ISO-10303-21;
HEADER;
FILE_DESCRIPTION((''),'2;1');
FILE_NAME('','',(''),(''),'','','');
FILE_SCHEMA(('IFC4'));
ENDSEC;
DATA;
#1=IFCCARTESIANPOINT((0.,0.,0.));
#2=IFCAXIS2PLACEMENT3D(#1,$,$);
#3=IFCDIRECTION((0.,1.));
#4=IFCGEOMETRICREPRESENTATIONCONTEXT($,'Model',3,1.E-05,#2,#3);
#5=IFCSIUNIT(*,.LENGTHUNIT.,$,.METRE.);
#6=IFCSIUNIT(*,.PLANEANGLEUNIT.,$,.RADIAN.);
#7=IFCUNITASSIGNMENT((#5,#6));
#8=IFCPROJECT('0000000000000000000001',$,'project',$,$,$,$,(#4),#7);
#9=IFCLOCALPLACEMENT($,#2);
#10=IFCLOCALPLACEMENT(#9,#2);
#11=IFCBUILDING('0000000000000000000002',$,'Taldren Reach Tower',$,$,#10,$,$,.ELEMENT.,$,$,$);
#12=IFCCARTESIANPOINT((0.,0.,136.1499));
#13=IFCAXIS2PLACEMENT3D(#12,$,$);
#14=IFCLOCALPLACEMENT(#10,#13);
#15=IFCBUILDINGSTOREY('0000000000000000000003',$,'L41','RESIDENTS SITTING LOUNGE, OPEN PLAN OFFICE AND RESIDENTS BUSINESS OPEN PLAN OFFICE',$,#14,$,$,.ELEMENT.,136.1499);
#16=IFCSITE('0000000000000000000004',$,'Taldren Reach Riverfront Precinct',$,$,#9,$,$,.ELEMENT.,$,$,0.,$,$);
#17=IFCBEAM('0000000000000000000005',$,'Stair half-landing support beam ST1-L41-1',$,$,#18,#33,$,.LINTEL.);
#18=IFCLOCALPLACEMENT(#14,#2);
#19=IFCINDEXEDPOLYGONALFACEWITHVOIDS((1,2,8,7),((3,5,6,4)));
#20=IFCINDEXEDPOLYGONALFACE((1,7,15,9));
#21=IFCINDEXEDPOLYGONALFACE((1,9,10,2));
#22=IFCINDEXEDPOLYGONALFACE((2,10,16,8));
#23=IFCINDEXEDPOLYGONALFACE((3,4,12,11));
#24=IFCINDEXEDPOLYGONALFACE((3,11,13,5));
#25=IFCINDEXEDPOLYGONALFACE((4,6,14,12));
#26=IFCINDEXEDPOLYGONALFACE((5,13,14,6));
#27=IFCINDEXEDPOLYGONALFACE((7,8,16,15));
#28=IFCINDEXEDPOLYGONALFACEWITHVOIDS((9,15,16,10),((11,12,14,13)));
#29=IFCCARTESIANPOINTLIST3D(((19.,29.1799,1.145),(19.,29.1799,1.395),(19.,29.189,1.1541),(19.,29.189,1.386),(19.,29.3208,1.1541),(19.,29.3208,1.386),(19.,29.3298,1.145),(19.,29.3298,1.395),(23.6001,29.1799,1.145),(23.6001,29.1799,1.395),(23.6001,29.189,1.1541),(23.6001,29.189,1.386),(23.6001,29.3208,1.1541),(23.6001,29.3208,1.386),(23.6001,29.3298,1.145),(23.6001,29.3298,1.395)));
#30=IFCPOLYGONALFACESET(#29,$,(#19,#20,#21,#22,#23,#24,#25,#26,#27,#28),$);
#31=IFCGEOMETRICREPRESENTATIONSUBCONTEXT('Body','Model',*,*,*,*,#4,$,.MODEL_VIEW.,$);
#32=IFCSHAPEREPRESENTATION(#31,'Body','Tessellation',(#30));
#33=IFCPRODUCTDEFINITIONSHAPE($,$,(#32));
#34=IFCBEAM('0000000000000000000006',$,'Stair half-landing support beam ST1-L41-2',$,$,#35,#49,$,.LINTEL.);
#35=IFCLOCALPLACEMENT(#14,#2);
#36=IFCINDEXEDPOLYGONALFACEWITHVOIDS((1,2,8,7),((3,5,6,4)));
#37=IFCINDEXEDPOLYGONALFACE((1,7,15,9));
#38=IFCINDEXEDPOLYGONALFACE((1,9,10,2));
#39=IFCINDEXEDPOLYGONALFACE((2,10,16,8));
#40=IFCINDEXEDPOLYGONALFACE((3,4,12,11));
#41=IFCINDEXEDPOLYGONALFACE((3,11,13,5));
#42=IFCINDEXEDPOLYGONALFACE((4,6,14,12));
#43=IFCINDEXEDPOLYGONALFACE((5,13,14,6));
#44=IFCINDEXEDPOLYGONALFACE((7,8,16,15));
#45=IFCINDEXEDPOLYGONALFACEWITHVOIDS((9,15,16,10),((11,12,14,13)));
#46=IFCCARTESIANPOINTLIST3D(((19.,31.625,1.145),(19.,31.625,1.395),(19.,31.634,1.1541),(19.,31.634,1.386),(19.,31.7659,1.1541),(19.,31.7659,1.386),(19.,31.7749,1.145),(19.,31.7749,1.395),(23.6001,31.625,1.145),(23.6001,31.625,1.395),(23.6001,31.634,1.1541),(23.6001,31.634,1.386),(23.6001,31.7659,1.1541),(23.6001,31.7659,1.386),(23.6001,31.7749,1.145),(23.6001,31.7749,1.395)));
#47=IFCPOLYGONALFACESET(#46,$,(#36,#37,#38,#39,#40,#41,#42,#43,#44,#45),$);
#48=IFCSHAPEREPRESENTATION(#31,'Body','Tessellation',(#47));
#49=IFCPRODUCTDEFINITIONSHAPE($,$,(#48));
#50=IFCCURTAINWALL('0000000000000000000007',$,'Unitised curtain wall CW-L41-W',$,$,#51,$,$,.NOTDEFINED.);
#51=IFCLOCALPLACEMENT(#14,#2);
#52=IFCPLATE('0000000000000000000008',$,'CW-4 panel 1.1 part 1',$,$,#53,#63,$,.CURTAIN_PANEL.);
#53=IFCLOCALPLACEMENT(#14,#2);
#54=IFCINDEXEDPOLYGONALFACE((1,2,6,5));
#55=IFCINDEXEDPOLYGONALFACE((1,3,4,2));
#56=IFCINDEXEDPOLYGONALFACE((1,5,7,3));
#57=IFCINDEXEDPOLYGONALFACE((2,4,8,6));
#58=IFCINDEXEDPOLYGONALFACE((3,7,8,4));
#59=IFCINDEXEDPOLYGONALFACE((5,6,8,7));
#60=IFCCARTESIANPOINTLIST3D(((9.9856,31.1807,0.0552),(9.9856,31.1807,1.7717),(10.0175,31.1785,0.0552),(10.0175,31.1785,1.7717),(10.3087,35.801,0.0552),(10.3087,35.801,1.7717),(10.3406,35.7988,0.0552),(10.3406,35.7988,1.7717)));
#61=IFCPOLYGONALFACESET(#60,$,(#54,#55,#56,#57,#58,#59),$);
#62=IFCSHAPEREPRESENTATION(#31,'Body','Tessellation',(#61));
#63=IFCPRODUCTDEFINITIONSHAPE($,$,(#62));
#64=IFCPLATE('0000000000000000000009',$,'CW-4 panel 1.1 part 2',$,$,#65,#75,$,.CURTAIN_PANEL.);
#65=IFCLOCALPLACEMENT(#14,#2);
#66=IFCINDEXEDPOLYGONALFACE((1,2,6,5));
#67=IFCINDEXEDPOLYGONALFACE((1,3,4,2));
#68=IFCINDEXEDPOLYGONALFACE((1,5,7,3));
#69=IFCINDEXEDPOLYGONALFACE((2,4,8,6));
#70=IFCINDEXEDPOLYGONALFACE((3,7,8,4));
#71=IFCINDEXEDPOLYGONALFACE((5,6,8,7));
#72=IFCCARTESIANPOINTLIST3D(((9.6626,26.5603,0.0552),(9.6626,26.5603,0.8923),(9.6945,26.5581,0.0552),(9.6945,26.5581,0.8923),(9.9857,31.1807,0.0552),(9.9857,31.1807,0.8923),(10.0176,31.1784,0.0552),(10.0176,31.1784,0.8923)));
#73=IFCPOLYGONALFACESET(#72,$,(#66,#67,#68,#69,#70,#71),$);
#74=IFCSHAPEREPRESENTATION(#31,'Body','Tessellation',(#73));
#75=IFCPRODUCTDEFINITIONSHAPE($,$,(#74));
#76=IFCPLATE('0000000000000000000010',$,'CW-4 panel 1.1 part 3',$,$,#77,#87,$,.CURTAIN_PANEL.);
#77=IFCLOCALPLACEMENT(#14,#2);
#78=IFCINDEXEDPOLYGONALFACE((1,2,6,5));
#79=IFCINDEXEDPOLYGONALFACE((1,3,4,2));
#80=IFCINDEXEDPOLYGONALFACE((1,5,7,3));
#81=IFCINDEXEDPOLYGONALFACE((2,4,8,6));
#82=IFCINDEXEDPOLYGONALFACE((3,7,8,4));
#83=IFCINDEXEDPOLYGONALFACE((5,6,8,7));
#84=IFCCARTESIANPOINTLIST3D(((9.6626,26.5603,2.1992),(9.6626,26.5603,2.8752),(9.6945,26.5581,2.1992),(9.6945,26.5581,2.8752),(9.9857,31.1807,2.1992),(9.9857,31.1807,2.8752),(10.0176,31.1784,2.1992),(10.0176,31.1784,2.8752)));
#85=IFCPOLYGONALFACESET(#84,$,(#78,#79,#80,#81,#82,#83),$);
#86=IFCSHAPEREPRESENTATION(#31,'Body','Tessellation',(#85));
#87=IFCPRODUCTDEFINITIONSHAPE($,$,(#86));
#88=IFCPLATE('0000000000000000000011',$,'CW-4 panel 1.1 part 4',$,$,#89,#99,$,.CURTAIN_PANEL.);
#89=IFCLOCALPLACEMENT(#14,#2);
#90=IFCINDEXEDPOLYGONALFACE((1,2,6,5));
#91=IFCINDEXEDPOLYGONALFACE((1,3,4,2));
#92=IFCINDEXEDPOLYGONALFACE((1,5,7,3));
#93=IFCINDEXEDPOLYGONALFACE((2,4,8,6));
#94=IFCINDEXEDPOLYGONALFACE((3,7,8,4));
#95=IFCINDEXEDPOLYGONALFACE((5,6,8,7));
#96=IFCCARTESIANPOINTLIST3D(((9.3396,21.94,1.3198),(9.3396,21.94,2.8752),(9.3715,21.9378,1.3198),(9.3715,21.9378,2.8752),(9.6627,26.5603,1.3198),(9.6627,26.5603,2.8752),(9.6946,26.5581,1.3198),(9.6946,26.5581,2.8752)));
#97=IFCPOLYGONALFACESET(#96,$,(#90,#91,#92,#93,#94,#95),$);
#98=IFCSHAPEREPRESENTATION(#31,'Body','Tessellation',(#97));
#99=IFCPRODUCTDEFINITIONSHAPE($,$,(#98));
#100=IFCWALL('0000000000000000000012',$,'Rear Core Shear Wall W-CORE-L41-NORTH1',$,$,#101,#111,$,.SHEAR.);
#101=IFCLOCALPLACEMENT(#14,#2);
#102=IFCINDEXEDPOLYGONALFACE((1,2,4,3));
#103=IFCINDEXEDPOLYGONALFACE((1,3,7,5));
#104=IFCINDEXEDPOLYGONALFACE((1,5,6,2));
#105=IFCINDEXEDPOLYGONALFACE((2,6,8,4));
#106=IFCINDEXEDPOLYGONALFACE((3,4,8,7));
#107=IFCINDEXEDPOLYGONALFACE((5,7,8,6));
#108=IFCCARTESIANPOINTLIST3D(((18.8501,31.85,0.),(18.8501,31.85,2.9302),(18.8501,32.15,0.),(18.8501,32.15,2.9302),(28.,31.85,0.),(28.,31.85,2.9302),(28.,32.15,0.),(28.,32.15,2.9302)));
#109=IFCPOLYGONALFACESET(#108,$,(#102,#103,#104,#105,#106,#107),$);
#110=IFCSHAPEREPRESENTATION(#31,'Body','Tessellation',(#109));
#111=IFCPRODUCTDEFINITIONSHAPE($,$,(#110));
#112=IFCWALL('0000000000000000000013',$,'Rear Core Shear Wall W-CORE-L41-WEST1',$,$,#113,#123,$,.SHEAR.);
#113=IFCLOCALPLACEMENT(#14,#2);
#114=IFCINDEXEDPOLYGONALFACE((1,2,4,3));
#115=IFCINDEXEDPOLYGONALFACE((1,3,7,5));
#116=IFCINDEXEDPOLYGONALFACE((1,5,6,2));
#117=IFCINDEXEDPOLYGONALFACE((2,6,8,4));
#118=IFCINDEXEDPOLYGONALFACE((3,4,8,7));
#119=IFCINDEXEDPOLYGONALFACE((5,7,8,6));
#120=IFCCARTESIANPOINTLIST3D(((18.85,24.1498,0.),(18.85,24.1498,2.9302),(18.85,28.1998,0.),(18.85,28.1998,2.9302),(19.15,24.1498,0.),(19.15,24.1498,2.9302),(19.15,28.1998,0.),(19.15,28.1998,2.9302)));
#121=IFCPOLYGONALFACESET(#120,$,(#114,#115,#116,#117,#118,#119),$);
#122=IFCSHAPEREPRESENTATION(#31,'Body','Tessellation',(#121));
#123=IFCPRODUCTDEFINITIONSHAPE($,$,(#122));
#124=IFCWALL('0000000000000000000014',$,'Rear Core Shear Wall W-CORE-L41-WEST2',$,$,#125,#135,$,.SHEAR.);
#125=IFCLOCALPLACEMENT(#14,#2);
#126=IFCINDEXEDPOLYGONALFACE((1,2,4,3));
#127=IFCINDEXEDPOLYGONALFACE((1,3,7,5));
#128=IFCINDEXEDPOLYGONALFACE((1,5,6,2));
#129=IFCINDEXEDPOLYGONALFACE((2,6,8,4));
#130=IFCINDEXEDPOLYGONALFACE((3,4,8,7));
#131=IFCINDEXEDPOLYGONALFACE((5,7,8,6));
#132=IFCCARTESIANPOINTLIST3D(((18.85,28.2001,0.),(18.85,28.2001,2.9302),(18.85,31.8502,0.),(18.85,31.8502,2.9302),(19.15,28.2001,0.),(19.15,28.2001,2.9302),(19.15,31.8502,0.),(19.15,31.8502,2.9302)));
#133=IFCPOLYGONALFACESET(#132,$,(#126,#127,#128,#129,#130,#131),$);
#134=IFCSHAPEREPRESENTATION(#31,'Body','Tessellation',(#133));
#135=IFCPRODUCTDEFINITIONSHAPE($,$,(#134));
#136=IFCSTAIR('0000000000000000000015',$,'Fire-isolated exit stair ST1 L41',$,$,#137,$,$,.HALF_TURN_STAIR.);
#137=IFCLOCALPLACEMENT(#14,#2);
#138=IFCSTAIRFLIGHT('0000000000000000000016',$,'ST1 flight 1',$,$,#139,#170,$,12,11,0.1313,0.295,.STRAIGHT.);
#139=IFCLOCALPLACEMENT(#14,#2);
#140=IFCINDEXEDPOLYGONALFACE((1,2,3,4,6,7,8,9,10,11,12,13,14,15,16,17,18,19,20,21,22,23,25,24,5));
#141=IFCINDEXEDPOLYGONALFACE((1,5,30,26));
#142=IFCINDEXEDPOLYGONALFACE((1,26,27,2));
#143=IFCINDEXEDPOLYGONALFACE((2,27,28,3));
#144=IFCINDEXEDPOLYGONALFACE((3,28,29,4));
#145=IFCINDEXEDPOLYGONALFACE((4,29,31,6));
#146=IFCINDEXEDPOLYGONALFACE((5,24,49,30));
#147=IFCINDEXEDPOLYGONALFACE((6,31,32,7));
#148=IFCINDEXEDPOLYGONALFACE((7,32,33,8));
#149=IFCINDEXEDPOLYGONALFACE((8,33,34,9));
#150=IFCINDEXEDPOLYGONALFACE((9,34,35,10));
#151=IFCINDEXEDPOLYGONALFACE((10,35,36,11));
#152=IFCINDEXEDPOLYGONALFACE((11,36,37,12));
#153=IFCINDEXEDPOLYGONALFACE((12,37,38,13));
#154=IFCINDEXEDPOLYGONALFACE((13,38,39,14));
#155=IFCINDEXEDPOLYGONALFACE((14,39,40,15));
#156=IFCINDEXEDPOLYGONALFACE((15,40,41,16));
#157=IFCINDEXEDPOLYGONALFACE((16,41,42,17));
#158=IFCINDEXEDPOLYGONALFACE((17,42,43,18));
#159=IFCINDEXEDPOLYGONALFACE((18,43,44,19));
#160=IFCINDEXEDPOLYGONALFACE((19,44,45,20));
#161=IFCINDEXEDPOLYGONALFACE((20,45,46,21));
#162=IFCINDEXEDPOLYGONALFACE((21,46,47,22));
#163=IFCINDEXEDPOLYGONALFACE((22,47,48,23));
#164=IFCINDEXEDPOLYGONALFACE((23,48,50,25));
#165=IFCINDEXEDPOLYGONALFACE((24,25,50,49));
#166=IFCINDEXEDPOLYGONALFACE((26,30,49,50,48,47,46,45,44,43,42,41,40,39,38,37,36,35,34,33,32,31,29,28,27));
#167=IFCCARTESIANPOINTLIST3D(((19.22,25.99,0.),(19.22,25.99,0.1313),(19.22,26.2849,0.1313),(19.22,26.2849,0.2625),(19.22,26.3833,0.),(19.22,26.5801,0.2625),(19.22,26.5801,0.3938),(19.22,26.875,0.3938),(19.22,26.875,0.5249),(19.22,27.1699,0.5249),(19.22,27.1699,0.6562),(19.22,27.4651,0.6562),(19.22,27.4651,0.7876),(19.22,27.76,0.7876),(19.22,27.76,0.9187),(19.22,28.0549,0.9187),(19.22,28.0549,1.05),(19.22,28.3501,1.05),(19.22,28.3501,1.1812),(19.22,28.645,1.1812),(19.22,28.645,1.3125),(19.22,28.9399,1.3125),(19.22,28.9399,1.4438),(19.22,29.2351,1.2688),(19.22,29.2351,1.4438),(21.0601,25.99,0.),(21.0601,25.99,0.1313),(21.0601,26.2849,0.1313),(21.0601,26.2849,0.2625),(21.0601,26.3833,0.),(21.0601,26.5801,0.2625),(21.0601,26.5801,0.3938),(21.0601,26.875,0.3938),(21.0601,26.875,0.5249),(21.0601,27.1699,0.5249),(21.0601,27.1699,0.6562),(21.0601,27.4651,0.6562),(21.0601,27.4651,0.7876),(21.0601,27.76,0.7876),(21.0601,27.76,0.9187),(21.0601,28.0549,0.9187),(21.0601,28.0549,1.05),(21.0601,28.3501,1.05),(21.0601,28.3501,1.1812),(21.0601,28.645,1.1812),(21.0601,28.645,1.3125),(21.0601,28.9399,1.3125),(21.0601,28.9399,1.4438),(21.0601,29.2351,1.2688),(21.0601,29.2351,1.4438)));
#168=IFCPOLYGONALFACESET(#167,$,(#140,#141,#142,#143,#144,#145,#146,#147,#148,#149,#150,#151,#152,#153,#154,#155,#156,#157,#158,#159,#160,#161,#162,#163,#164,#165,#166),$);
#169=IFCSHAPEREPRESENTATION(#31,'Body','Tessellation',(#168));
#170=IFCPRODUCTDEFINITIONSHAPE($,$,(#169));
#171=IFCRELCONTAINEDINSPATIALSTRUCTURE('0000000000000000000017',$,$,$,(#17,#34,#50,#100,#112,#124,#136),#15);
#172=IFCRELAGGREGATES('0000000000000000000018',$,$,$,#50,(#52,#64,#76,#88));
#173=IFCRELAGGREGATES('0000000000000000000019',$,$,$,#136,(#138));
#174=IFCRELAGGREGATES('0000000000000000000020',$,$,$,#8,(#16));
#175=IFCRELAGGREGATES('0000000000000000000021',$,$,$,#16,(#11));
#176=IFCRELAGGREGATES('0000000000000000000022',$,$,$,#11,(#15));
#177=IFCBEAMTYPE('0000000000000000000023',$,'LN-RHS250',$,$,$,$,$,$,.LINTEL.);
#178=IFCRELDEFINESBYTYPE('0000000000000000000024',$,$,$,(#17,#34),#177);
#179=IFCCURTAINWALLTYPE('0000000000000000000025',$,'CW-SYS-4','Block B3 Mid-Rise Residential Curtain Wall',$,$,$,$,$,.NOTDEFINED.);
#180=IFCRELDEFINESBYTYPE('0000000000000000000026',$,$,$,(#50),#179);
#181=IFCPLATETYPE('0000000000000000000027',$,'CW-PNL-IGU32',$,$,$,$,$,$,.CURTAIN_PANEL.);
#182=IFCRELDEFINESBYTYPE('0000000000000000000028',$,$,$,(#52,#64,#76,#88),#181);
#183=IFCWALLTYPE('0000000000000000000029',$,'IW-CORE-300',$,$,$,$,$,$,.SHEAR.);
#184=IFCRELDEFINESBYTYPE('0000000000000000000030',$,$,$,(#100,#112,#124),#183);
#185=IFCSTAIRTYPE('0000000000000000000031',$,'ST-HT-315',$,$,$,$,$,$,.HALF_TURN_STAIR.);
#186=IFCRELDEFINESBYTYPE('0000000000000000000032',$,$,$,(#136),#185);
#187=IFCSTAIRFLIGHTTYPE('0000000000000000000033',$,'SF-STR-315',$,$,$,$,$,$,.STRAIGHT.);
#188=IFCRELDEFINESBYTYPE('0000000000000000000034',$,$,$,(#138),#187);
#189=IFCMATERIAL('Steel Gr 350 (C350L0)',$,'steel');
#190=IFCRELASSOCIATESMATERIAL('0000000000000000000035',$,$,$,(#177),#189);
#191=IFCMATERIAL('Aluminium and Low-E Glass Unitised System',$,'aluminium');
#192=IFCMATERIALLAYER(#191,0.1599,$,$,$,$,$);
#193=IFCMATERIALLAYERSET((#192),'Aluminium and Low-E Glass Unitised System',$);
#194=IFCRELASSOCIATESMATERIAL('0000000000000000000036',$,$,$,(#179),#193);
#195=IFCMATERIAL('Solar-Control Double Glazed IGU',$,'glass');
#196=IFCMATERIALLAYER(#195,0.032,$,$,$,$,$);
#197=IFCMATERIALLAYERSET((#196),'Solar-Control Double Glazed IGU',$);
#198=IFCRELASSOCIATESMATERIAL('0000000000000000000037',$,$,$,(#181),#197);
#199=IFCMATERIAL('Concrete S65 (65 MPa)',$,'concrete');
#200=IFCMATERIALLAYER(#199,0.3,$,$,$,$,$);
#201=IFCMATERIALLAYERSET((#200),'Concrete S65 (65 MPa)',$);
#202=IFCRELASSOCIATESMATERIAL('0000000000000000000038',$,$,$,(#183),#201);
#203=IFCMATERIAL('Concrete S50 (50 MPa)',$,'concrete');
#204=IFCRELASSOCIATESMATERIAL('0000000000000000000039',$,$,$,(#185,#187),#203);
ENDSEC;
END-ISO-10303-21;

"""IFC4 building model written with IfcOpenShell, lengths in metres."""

from ifc_helpers import new_model, si_unit, direction, frame, frame_2d, origin, origin_2d, place, context, subcontext, project, spatial, polyline, rectangle, hollow_rectangle, outline, extrude, source, transform, mapped, material, layer, layer_set, material_profile, profile_set, type_object, element, aggregate, save


model = new_model("IFC4")

# Units and contexts
model_context = context("Model", 3, precision=1e-05, world=origin(), true_north=direction((0.0, 1.0)))
body_context = subcontext(model_context, "Body", "Model", "MODEL_VIEW")
ifc_project = project(units=[si_unit("LENGTHUNIT", "METRE"), si_unit("PLANEANGLEUNIT", "RADIAN")], contexts=[model_context])

# Site, building, storey
site_placement = place(None, origin())
site = spatial("IfcSite", under=ifc_project, at=site_placement, Name="Taldren Reach Riverfront Precinct", CompositionType="ELEMENT", RefElevation=0.0)
building_placement = place(site_placement, origin())
building = spatial("IfcBuilding", under=site, at=building_placement, Name="Taldren Reach Tower", CompositionType="ELEMENT")
storey_placement = place(building_placement, frame((0.0, 0.0, 136.1499)))
storey = spatial("IfcBuildingStorey", under=building, at=storey_placement, Name="L41", Description="RESIDENTS SITTING LOUNGE, OPEN PLAN OFFICE AND RESIDENTS BUSINESS OPEN PLAN OFFICE", CompositionType="ELEMENT", Elevation=136.1499)

# Beams
ifc_material_1 = material(Name="Steel Gr 350 (C350L0)", Category="steel")
ifc_material_profile_1 = material_profile(ifc_material_1, hollow_rectangle(XDim=0.1499, YDim=0.25, WallThickness=0.009, at=origin_2d()), Name="250x150x9.0RHS")
ifc_profile_set_1 = profile_set([ifc_material_profile_1], Name="Steel Gr 350 (C350L0)")
beam_type_1 = type_object("IfcBeamType", Name="LN-RHS250", PredefinedType="LINTEL", material=ifc_profile_set_1)
shared_shape_1 = source(origin(), body_context, "Body", "SweptSolid", [
    extrude(hollow_rectangle(XDim=0.1499, YDim=0.25, WallThickness=0.009, at=origin_2d()), origin(), (0.0, 0.0, 1.0), 4.6001),
])
for number, where, z_axis, x_axis, name in (
    (1, (19.0, 29.2549, 1.27), (1.0, 0.0, 0.0), (0.0, 1.0, 0.0), "Stair half-landing support beam ST1-L41-1"),
    (2, (19.0, 31.7, 1.27), (1.0, 0.0, 0.0), (0.0, 1.0, 0.0), "Stair half-landing support beam ST1-L41-2"),
):
    element("IfcBeam", number, at=place(storey_placement, frame(where, z_axis=z_axis, x_axis=x_axis)), inside=storey, type_object=beam_type_1, Name=name, PredefinedType="LINTEL", context=body_context, shape_type="MappedRepresentation", body=[
        mapped(shared_shape_1, transform((0.0, 0.0, 0.0), scale=1.0)),
    ])

# Curtain wall, plates
ifc_material_2 = material(Name="Aluminium and Low-E Glass Unitised System", Category="aluminium")
ifc_layer_1 = layer(ifc_material_2, 0.1599)
ifc_layer_set_1 = layer_set([ifc_layer_1], Name="Aluminium and Low-E Glass Unitised System")
curtain_wall_type = type_object("IfcCurtainWallType", Name="CW-SYS-4", Description="Block B3 Mid-Rise Residential Curtain Wall", PredefinedType="NOTDEFINED", material=ifc_layer_set_1)
curtain_wall_placement = place(storey_placement, origin())
curtain_wall = element("IfcCurtainWall", 3, at=curtain_wall_placement, inside=storey, type_object=curtain_wall_type, Name="Unitised curtain wall CW-L41-W", PredefinedType="NOTDEFINED")
ifc_material_3 = material(Name="Solar-Control Double Glazed IGU", Category="glass")
ifc_layer_2 = layer(ifc_material_3, 0.032)
ifc_layer_set_2 = layer_set([ifc_layer_2], Name="Solar-Control Double Glazed IGU")
plate_type = type_object("IfcPlateType", Name="CW-PNL-IGU32", PredefinedType="CURTAIN_PANEL", material=ifc_layer_set_2)
shared_shape_2 = source(origin(), body_context, "Body", "SweptSolid", [
    extrude(rectangle(XDim=4.6316, YDim=0.032, at=origin_2d()), origin(), (0.0, 0.0, 1.0), 1.7166),
])
plate_1_placement = place(storey_placement, frame((10.1631, 33.4897, 0.0552), z_axis=(0.0, 0.0, 1.0), x_axis=(-0.069756, -0.997564, 0.0)))
plate_1 = element("IfcPlate", 4, at=plate_1_placement, type_object=plate_type, Name="CW-4 panel 1.1 part 1", PredefinedType="CURTAIN_PANEL", context=body_context, shape_type="MappedRepresentation", body=[
    mapped(shared_shape_2, transform((0.0, 0.0, 0.0), scale=1.0)),
])
shared_shape_3 = source(origin(), body_context, "Body", "SweptSolid", [
    extrude(rectangle(XDim=4.6316, YDim=0.032, at=origin_2d()), origin(), (0.0, 0.0, 1.0), 0.8372),
])
plate_2_placement = place(storey_placement, frame((9.8401, 28.8694, 0.0552), z_axis=(0.0, 0.0, 1.0), x_axis=(-0.069756, -0.997564, 0.0)))
plate_2 = element("IfcPlate", 5, at=plate_2_placement, type_object=plate_type, Name="CW-4 panel 1.1 part 2", PredefinedType="CURTAIN_PANEL", context=body_context, shape_type="MappedRepresentation", body=[
    mapped(shared_shape_3, transform((0.0, 0.0, 0.0), scale=1.0)),
])
shared_shape_4 = source(origin(), body_context, "Body", "SweptSolid", [
    extrude(rectangle(XDim=4.6316, YDim=0.032, at=origin_2d()), origin(), (0.0, 0.0, 1.0), 0.676),
])
plate_3_placement = place(storey_placement, frame((9.8401, 28.8694, 2.1992), z_axis=(0.0, 0.0, 1.0), x_axis=(-0.069756, -0.997564, 0.0)))
plate_3 = element("IfcPlate", 6, at=plate_3_placement, type_object=plate_type, Name="CW-4 panel 1.1 part 3", PredefinedType="CURTAIN_PANEL", context=body_context, shape_type="MappedRepresentation", body=[
    mapped(shared_shape_4, transform((0.0, 0.0, 0.0), scale=1.0)),
])
shared_shape_5 = source(origin(), body_context, "Body", "SweptSolid", [
    extrude(rectangle(XDim=4.6316, YDim=0.032, at=origin_2d()), origin(), (0.0, 0.0, 1.0), 1.5554),
])
plate_4_placement = place(storey_placement, frame((9.5171, 24.249, 1.3198), z_axis=(0.0, 0.0, 1.0), x_axis=(-0.069756, -0.997564, 0.0)))
plate_4 = element("IfcPlate", 7, at=plate_4_placement, type_object=plate_type, Name="CW-4 panel 1.1 part 4", PredefinedType="CURTAIN_PANEL", context=body_context, shape_type="MappedRepresentation", body=[
    mapped(shared_shape_5, transform((0.0, 0.0, 0.0), scale=1.0)),
])
aggregate(curtain_wall, [plate_1, plate_2, plate_3, plate_4])

# Walls
ifc_material_4 = material(Name="Concrete S65 (65 MPa)", Category="concrete")
ifc_layer_3 = layer(ifc_material_4, 0.3)
ifc_layer_set_3 = layer_set([ifc_layer_3], Name="Concrete S65 (65 MPa)")
wall_type = type_object("IfcWallType", Name="IW-CORE-300", PredefinedType="SHEAR", material=ifc_layer_set_3)
shared_shape_6 = source(origin(), body_context, "Body", "SweptSolid", [
    extrude(rectangle(XDim=9.1499, YDim=0.3, at=frame_2d((4.575, 0.0))), origin(), (0.0, 0.0, 1.0), 2.9302),
])
wall_1_placement = place(storey_placement, frame((18.8501, 32.0, 0.0), z_axis=(0.0, 0.0, 1.0), x_axis=(1.0, 0.0, 0.0)))
element("IfcWall", 8, at=wall_1_placement, inside=storey, type_object=wall_type, Name="Rear Core Shear Wall W-CORE-L41-NORTH1", PredefinedType="SHEAR", context=body_context, shape_type="MappedRepresentation", body=[
    mapped(shared_shape_6, transform((0.0, 0.0, 0.0), scale=1.0)),
])
shared_shape_7 = source(origin(), body_context, "Body", "SweptSolid", [
    extrude(rectangle(XDim=4.05, YDim=0.3, at=frame_2d((2.0249, 0.0))), origin(), (0.0, 0.0, 1.0), 2.9302),
])
wall_2_placement = place(storey_placement, frame((19.0, 24.1499, 0.0), z_axis=(0.0, 0.0, 1.0), x_axis=(0.0, 1.0, 0.0)))
element("IfcWall", 9, at=wall_2_placement, inside=storey, type_object=wall_type, Name="Rear Core Shear Wall W-CORE-L41-WEST1", PredefinedType="SHEAR", context=body_context, shape_type="MappedRepresentation", body=[
    mapped(shared_shape_7, transform((0.0, 0.0, 0.0), scale=1.0)),
])
shared_shape_8 = source(origin(), body_context, "Body", "SweptSolid", [
    extrude(rectangle(XDim=3.6501, YDim=0.3, at=frame_2d((1.8252, 0.0))), origin(), (0.0, 0.0, 1.0), 2.9302),
])
wall_3_placement = place(storey_placement, frame((19.0, 28.2, 0.0), z_axis=(0.0, 0.0, 1.0), x_axis=(0.0, 1.0, 0.0)))
element("IfcWall", 10, at=wall_3_placement, inside=storey, type_object=wall_type, Name="Rear Core Shear Wall W-CORE-L41-WEST2", PredefinedType="SHEAR", context=body_context, shape_type="MappedRepresentation", body=[
    mapped(shared_shape_8, transform((0.0, 0.0, 0.0), scale=1.0)),
])

# Stair, stair flight
ifc_material_5 = material(Name="Concrete S50 (50 MPa)", Category="concrete")
stair_type = type_object("IfcStairType", Name="ST-HT-315", PredefinedType="HALF_TURN_STAIR", material=ifc_material_5)
stair_placement = place(storey_placement, origin())
stair = element("IfcStair", 11, at=stair_placement, inside=storey, type_object=stair_type, Name="Fire-isolated exit stair ST1 L41", PredefinedType="HALF_TURN_STAIR")
stair_flight_type = type_object("IfcStairFlightType", Name="SF-STR-315", PredefinedType="STRAIGHT", material=ifc_material_5)
stair_flight_1_placement = place(storey_placement, frame((20.1399, 25.99, 0.0), z_axis=(0.0, 0.0, 1.0), x_axis=(0.0, 1.0, 0.0)))
stair_flight_1 = element("IfcStairFlight", 12, at=stair_flight_1_placement, type_object=stair_flight_type, Name="ST1 flight 1", NumberOfRisers=12, NumberOfTreads=11, PredefinedType="STRAIGHT", RiserHeight=0.1313, TreadLength=0.295, context=body_context, shape_type="SweptSolid", body=[
    extrude(outline(polyline([(0.0, 0.0), (0.0, 0.1313), (0.2949, 0.1313), (0.2949, 0.2625), (0.5901, 0.2625), (0.5901, 0.3938), (0.885, 0.3938), (0.885, 0.5249), (1.1799, 0.5249), (1.1799, 0.6562), (1.4751, 0.6562), (1.4751, 0.7876), (1.77, 0.7876), (1.77, 0.9187), (2.0649, 0.9187), (2.0649, 1.05), (2.3601, 1.05), (2.3601, 1.1812), (2.655, 1.1812), (2.655, 1.3125), (2.95, 1.3125), (2.95, 1.4438), (3.2451, 1.4438), (3.2451, 1.575), (3.2451, 1.2688), (0.3933, 0.0), (0.0, 0.0)])), frame((0.0, 0.9199, 0.0), z_axis=(0.0, -1.0, 0.0), x_axis=(1.0, 0.0, 0.0)), (0.0, 0.0, 1.0), 1.8401),
])
aggregate(stair, [stair_flight_1])

save(model, "model.ifc")
